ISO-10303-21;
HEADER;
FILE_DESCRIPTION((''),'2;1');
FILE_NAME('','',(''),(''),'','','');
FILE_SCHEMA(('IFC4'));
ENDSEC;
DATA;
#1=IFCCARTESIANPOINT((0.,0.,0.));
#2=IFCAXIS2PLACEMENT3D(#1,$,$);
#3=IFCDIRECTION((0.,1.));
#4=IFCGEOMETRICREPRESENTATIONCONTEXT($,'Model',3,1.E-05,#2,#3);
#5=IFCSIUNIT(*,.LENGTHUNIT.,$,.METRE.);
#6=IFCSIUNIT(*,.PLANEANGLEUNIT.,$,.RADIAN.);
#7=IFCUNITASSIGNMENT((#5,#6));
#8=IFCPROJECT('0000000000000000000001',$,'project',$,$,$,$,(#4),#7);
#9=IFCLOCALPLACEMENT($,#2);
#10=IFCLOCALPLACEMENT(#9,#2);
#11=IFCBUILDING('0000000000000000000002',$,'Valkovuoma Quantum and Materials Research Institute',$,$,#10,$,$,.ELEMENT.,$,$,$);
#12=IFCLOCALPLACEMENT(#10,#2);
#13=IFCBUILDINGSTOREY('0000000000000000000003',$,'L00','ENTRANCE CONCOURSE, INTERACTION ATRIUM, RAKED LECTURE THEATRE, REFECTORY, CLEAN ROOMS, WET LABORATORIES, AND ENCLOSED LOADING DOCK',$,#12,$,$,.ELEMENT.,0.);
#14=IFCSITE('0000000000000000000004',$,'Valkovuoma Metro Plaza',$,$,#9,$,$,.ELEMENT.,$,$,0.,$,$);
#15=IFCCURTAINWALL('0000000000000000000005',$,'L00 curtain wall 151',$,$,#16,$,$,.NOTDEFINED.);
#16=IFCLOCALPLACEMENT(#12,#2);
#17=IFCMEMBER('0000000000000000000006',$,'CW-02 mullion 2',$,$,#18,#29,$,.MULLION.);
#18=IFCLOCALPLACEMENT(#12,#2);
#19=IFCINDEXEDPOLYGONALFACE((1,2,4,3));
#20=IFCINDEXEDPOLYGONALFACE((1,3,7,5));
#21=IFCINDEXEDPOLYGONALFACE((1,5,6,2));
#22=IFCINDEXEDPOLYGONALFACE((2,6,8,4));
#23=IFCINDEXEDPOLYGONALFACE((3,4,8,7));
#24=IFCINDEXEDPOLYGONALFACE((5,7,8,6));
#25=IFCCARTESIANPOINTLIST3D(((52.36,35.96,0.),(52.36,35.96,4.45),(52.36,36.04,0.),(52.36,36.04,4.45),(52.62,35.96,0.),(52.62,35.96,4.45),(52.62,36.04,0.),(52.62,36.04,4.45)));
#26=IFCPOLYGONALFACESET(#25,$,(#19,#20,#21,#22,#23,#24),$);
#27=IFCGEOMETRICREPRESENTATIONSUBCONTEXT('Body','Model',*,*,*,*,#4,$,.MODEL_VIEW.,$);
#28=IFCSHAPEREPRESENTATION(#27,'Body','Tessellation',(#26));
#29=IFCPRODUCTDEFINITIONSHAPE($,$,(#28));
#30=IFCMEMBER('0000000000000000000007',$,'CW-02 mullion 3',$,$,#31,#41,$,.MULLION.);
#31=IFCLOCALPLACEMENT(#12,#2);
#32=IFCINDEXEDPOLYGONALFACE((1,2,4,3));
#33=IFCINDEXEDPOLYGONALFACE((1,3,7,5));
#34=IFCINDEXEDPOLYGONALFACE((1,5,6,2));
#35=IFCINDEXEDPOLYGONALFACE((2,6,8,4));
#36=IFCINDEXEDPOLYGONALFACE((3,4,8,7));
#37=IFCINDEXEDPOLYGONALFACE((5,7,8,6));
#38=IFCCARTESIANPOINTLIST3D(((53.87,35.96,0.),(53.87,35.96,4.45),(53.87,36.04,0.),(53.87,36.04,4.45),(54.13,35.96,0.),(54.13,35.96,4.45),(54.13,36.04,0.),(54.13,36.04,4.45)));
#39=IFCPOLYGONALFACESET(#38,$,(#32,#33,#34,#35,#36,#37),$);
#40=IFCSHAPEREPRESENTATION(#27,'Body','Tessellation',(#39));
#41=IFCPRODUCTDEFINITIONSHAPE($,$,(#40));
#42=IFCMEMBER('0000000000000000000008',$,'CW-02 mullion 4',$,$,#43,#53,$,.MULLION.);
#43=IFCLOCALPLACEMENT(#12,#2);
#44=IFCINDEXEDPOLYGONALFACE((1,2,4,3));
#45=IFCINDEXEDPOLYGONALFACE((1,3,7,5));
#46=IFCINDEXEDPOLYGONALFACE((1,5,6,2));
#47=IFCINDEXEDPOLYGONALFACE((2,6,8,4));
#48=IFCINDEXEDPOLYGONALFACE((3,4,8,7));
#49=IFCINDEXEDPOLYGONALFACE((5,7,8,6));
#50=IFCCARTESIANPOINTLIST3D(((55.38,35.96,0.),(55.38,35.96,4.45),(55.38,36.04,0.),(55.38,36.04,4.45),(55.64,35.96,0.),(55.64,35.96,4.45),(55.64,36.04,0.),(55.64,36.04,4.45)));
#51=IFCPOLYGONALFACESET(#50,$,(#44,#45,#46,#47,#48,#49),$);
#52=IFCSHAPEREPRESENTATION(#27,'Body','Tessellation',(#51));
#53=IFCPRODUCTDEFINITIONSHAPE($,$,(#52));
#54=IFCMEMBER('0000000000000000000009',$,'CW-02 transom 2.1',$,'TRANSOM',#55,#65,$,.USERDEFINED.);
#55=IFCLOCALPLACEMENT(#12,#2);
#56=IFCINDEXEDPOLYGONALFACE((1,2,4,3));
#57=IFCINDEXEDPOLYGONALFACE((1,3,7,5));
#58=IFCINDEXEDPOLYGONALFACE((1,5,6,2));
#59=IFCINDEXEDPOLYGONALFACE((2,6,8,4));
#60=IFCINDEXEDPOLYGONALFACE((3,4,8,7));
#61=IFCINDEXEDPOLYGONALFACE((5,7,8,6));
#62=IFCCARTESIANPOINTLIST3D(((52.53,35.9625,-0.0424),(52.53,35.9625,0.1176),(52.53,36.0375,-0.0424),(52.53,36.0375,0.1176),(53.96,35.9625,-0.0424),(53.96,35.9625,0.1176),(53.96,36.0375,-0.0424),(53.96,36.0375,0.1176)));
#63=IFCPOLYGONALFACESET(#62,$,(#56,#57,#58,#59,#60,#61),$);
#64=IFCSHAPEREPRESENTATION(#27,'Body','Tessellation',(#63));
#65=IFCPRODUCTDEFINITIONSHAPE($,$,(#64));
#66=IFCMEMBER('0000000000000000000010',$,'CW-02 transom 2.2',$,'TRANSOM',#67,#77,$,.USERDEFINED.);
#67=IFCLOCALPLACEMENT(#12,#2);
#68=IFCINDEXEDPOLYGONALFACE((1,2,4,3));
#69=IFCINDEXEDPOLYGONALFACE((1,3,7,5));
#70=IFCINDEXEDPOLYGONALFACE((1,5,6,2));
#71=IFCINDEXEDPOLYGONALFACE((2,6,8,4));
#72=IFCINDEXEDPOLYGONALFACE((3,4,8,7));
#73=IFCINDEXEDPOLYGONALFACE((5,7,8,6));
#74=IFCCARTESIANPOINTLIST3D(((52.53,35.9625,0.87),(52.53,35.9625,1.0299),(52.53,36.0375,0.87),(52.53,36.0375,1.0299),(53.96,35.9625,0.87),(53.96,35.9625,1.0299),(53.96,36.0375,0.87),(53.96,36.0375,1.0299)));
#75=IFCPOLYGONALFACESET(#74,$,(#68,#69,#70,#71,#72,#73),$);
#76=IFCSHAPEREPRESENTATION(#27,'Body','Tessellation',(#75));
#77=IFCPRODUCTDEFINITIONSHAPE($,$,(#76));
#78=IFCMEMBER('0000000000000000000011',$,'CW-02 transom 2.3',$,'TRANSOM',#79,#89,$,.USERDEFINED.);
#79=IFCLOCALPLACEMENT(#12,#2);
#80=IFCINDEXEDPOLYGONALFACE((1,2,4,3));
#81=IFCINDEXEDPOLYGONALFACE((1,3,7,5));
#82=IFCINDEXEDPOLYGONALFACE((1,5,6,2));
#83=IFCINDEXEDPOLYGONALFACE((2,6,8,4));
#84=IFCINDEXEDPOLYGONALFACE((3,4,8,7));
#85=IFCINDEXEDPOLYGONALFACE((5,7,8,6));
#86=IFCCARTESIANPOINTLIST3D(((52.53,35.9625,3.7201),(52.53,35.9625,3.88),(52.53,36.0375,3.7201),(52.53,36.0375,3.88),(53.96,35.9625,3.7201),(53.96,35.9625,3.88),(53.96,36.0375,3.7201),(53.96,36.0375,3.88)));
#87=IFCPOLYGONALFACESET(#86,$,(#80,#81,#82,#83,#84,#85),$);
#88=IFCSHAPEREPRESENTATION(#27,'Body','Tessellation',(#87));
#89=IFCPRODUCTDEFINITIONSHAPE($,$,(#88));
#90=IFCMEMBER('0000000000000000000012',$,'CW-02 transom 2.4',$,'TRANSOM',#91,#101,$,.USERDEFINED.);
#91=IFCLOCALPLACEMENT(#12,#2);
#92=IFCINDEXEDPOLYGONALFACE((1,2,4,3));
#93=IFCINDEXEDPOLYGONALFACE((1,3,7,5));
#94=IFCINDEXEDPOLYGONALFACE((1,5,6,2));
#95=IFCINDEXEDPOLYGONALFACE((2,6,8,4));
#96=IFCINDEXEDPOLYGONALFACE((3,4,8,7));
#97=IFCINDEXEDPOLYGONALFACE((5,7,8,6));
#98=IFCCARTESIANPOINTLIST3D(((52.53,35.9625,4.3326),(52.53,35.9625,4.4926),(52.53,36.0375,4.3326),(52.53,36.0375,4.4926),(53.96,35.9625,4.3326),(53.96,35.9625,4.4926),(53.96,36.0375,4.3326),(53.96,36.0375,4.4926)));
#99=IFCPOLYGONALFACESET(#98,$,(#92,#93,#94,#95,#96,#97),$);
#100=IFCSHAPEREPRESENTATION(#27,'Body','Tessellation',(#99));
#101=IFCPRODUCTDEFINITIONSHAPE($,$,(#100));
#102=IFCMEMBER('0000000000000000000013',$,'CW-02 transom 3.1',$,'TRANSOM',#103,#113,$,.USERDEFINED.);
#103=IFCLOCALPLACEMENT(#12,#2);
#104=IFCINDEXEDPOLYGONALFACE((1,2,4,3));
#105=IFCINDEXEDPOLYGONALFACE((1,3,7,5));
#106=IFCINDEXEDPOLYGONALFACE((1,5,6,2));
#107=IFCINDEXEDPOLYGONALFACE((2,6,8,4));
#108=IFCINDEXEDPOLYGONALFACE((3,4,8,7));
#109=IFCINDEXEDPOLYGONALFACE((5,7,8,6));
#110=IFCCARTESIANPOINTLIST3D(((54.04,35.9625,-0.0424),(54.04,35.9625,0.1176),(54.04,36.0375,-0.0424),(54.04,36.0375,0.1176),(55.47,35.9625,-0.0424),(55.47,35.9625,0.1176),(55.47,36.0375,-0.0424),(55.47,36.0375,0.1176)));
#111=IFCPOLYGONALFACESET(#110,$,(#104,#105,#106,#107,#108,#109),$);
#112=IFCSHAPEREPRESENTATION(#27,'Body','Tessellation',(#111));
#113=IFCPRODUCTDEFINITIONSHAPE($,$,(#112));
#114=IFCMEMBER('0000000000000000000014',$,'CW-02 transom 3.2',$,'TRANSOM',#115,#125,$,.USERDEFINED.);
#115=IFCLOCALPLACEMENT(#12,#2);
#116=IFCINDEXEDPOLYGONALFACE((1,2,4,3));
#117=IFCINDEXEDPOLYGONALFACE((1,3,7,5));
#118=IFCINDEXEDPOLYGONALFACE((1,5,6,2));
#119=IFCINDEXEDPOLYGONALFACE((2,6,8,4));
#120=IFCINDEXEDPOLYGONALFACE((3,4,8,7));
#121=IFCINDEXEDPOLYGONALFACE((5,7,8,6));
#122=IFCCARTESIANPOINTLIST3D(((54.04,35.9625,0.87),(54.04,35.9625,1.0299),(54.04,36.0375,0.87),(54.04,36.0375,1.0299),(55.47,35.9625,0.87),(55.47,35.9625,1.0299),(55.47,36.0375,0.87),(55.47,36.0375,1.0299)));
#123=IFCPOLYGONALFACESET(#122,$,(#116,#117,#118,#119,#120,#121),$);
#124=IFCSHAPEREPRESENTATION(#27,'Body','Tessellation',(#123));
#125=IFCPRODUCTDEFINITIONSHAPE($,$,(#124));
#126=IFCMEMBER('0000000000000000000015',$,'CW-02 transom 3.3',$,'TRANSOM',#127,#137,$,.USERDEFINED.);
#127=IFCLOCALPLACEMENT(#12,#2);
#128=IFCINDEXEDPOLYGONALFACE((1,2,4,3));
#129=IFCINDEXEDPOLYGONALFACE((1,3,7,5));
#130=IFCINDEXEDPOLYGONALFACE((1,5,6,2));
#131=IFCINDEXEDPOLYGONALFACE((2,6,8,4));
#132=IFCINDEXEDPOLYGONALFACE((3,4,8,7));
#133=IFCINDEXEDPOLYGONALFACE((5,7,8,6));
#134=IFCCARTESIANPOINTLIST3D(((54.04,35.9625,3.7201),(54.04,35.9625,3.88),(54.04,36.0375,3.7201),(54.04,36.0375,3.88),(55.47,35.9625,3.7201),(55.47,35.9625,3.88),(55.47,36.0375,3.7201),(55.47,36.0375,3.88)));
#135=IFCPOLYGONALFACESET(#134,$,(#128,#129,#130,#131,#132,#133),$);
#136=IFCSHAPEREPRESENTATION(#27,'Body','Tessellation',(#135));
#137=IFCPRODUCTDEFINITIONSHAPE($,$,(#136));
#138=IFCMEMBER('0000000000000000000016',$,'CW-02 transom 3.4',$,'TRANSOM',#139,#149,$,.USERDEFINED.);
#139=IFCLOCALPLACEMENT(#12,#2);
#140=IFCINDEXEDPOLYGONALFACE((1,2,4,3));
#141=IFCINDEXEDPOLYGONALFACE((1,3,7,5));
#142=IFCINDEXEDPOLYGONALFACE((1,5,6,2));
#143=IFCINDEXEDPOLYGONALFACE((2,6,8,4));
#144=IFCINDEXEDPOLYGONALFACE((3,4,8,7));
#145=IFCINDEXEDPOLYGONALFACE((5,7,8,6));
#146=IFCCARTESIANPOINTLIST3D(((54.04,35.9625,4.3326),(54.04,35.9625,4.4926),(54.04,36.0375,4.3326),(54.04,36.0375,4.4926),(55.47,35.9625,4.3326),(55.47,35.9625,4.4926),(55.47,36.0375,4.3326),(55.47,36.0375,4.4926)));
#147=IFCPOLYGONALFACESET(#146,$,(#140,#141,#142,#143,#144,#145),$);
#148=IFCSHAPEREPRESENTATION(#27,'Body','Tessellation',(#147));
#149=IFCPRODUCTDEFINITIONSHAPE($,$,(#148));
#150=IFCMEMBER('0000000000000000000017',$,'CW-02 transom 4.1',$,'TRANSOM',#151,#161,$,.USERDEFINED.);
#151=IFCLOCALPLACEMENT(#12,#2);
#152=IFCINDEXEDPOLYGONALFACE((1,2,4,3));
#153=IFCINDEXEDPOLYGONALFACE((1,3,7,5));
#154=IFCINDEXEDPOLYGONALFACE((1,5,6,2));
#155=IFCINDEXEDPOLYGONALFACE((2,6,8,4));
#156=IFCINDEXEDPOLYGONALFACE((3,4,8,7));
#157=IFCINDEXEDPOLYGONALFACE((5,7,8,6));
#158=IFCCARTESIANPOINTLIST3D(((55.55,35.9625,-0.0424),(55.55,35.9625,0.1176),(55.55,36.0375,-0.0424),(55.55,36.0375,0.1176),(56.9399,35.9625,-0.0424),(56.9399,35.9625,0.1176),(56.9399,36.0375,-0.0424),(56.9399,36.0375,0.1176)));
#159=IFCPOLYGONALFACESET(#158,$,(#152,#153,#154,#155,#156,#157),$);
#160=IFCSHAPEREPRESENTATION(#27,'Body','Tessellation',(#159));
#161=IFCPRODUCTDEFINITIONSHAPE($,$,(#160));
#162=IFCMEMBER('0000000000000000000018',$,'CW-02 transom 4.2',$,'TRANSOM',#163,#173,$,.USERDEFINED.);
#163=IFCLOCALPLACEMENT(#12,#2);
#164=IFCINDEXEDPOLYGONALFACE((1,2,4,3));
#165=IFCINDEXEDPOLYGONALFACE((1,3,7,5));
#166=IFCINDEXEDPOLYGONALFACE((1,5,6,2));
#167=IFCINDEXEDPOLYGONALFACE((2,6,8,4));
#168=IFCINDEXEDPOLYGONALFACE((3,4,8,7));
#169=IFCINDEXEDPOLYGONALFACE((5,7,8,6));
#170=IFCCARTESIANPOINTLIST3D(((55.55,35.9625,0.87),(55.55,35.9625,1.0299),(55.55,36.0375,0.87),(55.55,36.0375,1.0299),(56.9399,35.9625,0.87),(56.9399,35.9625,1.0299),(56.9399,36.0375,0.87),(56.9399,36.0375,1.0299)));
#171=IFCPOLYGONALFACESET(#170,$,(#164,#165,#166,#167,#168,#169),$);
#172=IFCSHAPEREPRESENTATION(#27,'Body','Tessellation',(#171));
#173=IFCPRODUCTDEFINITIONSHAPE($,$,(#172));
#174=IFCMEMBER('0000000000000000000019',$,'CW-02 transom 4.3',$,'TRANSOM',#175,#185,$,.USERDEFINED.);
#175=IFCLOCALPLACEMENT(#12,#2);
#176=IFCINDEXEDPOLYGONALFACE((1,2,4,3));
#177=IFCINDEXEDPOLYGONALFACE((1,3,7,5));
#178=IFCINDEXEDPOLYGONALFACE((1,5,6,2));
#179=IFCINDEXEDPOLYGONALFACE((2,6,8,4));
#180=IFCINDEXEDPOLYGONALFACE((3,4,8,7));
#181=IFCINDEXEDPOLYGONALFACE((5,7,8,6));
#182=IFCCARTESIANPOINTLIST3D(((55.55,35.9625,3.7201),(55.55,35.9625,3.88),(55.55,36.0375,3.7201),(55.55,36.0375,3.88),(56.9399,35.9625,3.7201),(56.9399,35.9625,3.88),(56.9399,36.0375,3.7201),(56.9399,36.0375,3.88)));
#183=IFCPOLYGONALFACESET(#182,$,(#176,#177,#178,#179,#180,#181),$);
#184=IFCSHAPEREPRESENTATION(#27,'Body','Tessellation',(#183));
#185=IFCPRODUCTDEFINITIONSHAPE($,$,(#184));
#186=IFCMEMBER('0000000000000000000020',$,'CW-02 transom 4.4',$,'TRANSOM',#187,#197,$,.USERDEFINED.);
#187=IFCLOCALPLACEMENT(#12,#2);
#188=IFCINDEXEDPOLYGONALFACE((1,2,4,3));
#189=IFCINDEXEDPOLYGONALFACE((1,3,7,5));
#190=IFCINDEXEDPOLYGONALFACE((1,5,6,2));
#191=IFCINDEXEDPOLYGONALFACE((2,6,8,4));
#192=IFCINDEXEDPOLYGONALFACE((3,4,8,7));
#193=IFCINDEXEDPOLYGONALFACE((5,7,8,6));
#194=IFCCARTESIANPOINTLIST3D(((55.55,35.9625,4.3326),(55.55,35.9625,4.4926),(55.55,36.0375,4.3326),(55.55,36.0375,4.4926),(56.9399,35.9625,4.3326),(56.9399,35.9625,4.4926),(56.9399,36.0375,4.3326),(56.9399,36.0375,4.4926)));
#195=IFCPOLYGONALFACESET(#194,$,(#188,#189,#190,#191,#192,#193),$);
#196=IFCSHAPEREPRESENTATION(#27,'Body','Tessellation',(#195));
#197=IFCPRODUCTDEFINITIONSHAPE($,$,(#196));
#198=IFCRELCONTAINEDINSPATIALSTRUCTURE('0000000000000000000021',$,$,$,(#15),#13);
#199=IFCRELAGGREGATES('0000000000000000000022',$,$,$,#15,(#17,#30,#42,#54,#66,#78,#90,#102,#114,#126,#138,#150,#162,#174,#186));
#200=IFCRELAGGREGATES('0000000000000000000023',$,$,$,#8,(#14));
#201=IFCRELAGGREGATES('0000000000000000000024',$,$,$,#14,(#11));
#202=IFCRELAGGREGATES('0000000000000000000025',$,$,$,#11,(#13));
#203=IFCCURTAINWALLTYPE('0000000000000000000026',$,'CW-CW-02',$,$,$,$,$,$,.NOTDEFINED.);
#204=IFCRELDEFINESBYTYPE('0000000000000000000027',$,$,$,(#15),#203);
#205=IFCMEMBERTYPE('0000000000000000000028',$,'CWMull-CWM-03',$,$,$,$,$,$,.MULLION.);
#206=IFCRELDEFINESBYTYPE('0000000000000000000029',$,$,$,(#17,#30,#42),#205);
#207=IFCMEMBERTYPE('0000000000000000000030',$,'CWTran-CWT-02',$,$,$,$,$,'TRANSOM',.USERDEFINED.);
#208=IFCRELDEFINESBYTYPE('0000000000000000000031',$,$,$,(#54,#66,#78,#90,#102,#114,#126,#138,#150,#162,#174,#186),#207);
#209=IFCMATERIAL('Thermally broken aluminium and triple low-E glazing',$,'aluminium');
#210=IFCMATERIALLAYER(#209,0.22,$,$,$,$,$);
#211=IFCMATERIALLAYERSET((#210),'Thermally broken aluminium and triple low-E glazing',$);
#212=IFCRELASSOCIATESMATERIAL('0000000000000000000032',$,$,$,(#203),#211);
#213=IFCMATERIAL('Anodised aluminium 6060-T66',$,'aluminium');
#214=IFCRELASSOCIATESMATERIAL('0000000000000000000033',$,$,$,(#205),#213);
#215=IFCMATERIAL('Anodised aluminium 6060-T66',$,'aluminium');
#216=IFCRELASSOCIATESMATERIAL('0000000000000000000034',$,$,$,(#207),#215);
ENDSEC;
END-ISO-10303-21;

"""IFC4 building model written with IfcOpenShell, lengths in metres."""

from ifc_helpers import new_model, si_unit, direction, frame, origin, origin_2d, place, context, subcontext, project, spatial, rectangle, extrude, material, layer, layer_set, material_profile, profile_set, type_object, element, aggregate, save


model = new_model("IFC4")

# Units and contexts
model_context = context("Model", 3, precision=1e-05, world=origin(), true_north=direction((0.0, 1.0)))
body_context = subcontext(model_context, "Body", "Model", "MODEL_VIEW")
ifc_project = project(units=[si_unit("LENGTHUNIT", "METRE"), si_unit("PLANEANGLEUNIT", "RADIAN")], contexts=[model_context])

# Site, building, storey
site_placement = place(None, origin())
site = spatial("IfcSite", under=ifc_project, at=site_placement, Name="Valkovuoma Metro Plaza", CompositionType="ELEMENT", RefElevation=0.0)
building_placement = place(site_placement, origin())
building = spatial("IfcBuilding", under=site, at=building_placement, Name="Valkovuoma Quantum and Materials Research Institute", CompositionType="ELEMENT")
storey_placement = place(building_placement, origin())
storey = spatial("IfcBuildingStorey", under=building, at=storey_placement, Name="L00", Description="ENTRANCE CONCOURSE, INTERACTION ATRIUM, RAKED LECTURE THEATRE, REFECTORY, CLEAN ROOMS, WET LABORATORIES, AND ENCLOSED LOADING DOCK", CompositionType="ELEMENT", Elevation=0.0)

# Curtain wall, members
ifc_material_1 = material(Name="Thermally broken aluminium and triple low-E glazing", Category="aluminium")
ifc_layer_1 = layer(ifc_material_1, 0.22)
ifc_layer_set_1 = layer_set([ifc_layer_1], Name="Thermally broken aluminium and triple low-E glazing")
curtain_wall_type = type_object("IfcCurtainWallType", Name="CW-CW-02", PredefinedType="NOTDEFINED", material=ifc_layer_set_1)
curtain_wall_placement = place(storey_placement, origin())
curtain_wall = element("IfcCurtainWall", 1, at=curtain_wall_placement, inside=storey, type_object=curtain_wall_type, Name="L00 curtain wall 151", PredefinedType="NOTDEFINED")
ifc_material_2 = material(Name="Anodised aluminium 6060-T66", Category="aluminium")
ifc_material_profile_1 = material_profile(ifc_material_2, rectangle(XDim=0.0801, YDim=0.26, at=origin_2d()), Name="Anodised aluminium 6060-T66")
ifc_profile_set_1 = profile_set([ifc_material_profile_1], Name="Anodised aluminium 6060-T66")
member_type_1 = type_object("IfcMemberType", Name="CWMull-CWM-03", PredefinedType="MULLION", material=ifc_profile_set_1)
member_1_placement = place(storey_placement, frame((52.49, 36.0, 0.0), z_axis=(0.0, 0.0, 1.0), x_axis=(0.0, 1.0, 0.0)))
member_1 = element("IfcMember", 2, at=member_1_placement, type_object=member_type_1, Name="CW-02 mullion 2", PredefinedType="MULLION", context=body_context, shape_type="SweptSolid", body=[
    extrude(rectangle(XDim=0.0801, YDim=0.26, at=origin_2d()), origin(), (0.0, 0.0, 1.0), 4.45),
])
member_2_placement = place(storey_placement, frame((54.0, 36.0, 0.0), z_axis=(0.0, 0.0, 1.0), x_axis=(0.0, 1.0, 0.0)))
member_2 = element("IfcMember", 3, at=member_2_placement, type_object=member_type_1, Name="CW-02 mullion 3", PredefinedType="MULLION", context=body_context, shape_type="SweptSolid", body=[
    extrude(rectangle(XDim=0.0801, YDim=0.26, at=origin_2d()), origin(), (0.0, 0.0, 1.0), 4.45),
])
member_3_placement = place(storey_placement, frame((55.51, 36.0, 0.0), z_axis=(0.0, 0.0, 1.0), x_axis=(0.0, 1.0, 0.0)))
member_3 = element("IfcMember", 4, at=member_3_placement, type_object=member_type_1, Name="CW-02 mullion 4", PredefinedType="MULLION", context=body_context, shape_type="SweptSolid", body=[
    extrude(rectangle(XDim=0.0801, YDim=0.26, at=origin_2d()), origin(), (0.0, 0.0, 1.0), 4.45),
])
ifc_material_3 = material(Name="Anodised aluminium 6060-T66", Category="aluminium")
ifc_material_profile_2 = material_profile(ifc_material_3, rectangle(XDim=0.075, YDim=0.1599, at=origin_2d()), Name="Anodised aluminium 6060-T66")
ifc_profile_set_2 = profile_set([ifc_material_profile_2], Name="Anodised aluminium 6060-T66")
member_type_2 = type_object("IfcMemberType", Name="CWTran-CWT-02", ElementType="TRANSOM", PredefinedType="USERDEFINED", material=ifc_profile_set_2)
member_4_placement = place(storey_placement, frame((52.53, 36.0, 0.0376), z_axis=(1.0, 0.0, 0.0), x_axis=(0.0, 1.0, 0.0)))
member_4 = element("IfcMember", 5, at=member_4_placement, type_object=member_type_2, Name="CW-02 transom 2.1", ObjectType="TRANSOM", PredefinedType="USERDEFINED", context=body_context, shape_type="SweptSolid", body=[
    extrude(rectangle(XDim=0.075, YDim=0.1599, at=origin_2d()), origin(), (0.0, 0.0, 1.0), 1.4299),
])
member_5_placement = place(storey_placement, frame((52.53, 36.0, 0.95), z_axis=(1.0, 0.0, 0.0), x_axis=(0.0, 1.0, 0.0)))
member_5 = element("IfcMember", 6, at=member_5_placement, type_object=member_type_2, Name="CW-02 transom 2.2", ObjectType="TRANSOM", PredefinedType="USERDEFINED", context=body_context, shape_type="SweptSolid", body=[
    extrude(rectangle(XDim=0.075, YDim=0.1599, at=origin_2d()), origin(), (0.0, 0.0, 1.0), 1.4299),
])
member_6_placement = place(storey_placement, frame((52.53, 36.0, 3.8), z_axis=(1.0, 0.0, 0.0), x_axis=(0.0, 1.0, 0.0)))
member_6 = element("IfcMember", 7, at=member_6_placement, type_object=member_type_2, Name="CW-02 transom 2.3", ObjectType="TRANSOM", PredefinedType="USERDEFINED", context=body_context, shape_type="SweptSolid", body=[
    extrude(rectangle(XDim=0.075, YDim=0.1599, at=origin_2d()), origin(), (0.0, 0.0, 1.0), 1.4299),
])
member_7_placement = place(storey_placement, frame((52.53, 36.0, 4.4126), z_axis=(1.0, 0.0, 0.0), x_axis=(0.0, 1.0, 0.0)))
member_7 = element("IfcMember", 8, at=member_7_placement, type_object=member_type_2, Name="CW-02 transom 2.4", ObjectType="TRANSOM", PredefinedType="USERDEFINED", context=body_context, shape_type="SweptSolid", body=[
    extrude(rectangle(XDim=0.075, YDim=0.1599, at=origin_2d()), origin(), (0.0, 0.0, 1.0), 1.4299),
])
member_8_placement = place(storey_placement, frame((54.04, 36.0, 0.0376), z_axis=(1.0, 0.0, 0.0), x_axis=(0.0, 1.0, 0.0)))
member_8 = element("IfcMember", 9, at=member_8_placement, type_object=member_type_2, Name="CW-02 transom 3.1", ObjectType="TRANSOM", PredefinedType="USERDEFINED", context=body_context, shape_type="SweptSolid", body=[
    extrude(rectangle(XDim=0.075, YDim=0.1599, at=origin_2d()), origin(), (0.0, 0.0, 1.0), 1.4299),
])
member_9_placement = place(storey_placement, frame((54.04, 36.0, 0.95), z_axis=(1.0, 0.0, 0.0), x_axis=(0.0, 1.0, 0.0)))
member_9 = element("IfcMember", 10, at=member_9_placement, type_object=member_type_2, Name="CW-02 transom 3.2", ObjectType="TRANSOM", PredefinedType="USERDEFINED", context=body_context, shape_type="SweptSolid", body=[
    extrude(rectangle(XDim=0.075, YDim=0.1599, at=origin_2d()), origin(), (0.0, 0.0, 1.0), 1.4299),
])
member_10_placement = place(storey_placement, frame((54.04, 36.0, 3.8), z_axis=(1.0, 0.0, 0.0), x_axis=(0.0, 1.0, 0.0)))
member_10 = element("IfcMember", 11, at=member_10_placement, type_object=member_type_2, Name="CW-02 transom 3.3", ObjectType="TRANSOM", PredefinedType="USERDEFINED", context=body_context, shape_type="SweptSolid", body=[
    extrude(rectangle(XDim=0.075, YDim=0.1599, at=origin_2d()), origin(), (0.0, 0.0, 1.0), 1.4299),
])
member_11_placement = place(storey_placement, frame((54.04, 36.0, 4.4126), z_axis=(1.0, 0.0, 0.0), x_axis=(0.0, 1.0, 0.0)))
member_11 = element("IfcMember", 12, at=member_11_placement, type_object=member_type_2, Name="CW-02 transom 3.4", ObjectType="TRANSOM", PredefinedType="USERDEFINED", context=body_context, shape_type="SweptSolid", body=[
    extrude(rectangle(XDim=0.075, YDim=0.1599, at=origin_2d()), origin(), (0.0, 0.0, 1.0), 1.4299),
])
member_12_placement = place(storey_placement, frame((55.55, 36.0, 0.0376), z_axis=(1.0, 0.0, 0.0), x_axis=(0.0, 1.0, 0.0)))
member_12 = element("IfcMember", 13, at=member_12_placement, type_object=member_type_2, Name="CW-02 transom 4.1", ObjectType="TRANSOM", PredefinedType="USERDEFINED", context=body_context, shape_type="SweptSolid", body=[
    extrude(rectangle(XDim=0.075, YDim=0.1599, at=origin_2d()), origin(), (0.0, 0.0, 1.0), 1.3899),
])
member_13_placement = place(storey_placement, frame((55.55, 36.0, 0.95), z_axis=(1.0, 0.0, 0.0), x_axis=(0.0, 1.0, 0.0)))
member_13 = element("IfcMember", 14, at=member_13_placement, type_object=member_type_2, Name="CW-02 transom 4.2", ObjectType="TRANSOM", PredefinedType="USERDEFINED", context=body_context, shape_type="SweptSolid", body=[
    extrude(rectangle(XDim=0.075, YDim=0.1599, at=origin_2d()), origin(), (0.0, 0.0, 1.0), 1.3899),
])
member_14_placement = place(storey_placement, frame((55.55, 36.0, 3.8), z_axis=(1.0, 0.0, 0.0), x_axis=(0.0, 1.0, 0.0)))
member_14 = element("IfcMember", 15, at=member_14_placement, type_object=member_type_2, Name="CW-02 transom 4.3", ObjectType="TRANSOM", PredefinedType="USERDEFINED", context=body_context, shape_type="SweptSolid", body=[
    extrude(rectangle(XDim=0.075, YDim=0.1599, at=origin_2d()), origin(), (0.0, 0.0, 1.0), 1.3899),
])
member_15_placement = place(storey_placement, frame((55.55, 36.0, 4.4126), z_axis=(1.0, 0.0, 0.0), x_axis=(0.0, 1.0, 0.0)))
member_15 = element("IfcMember", 16, at=member_15_placement, type_object=member_type_2, Name="CW-02 transom 4.4", ObjectType="TRANSOM", PredefinedType="USERDEFINED", context=body_context, shape_type="SweptSolid", body=[
    extrude(rectangle(XDim=0.075, YDim=0.1599, at=origin_2d()), origin(), (0.0, 0.0, 1.0), 1.3899),
])
aggregate(curtain_wall, [member_1, member_2, member_3, member_4, member_5, member_6, member_7, member_8, member_9, member_10, member_11, member_12, member_13, member_14, member_15])

save(model, "model.ifc")
